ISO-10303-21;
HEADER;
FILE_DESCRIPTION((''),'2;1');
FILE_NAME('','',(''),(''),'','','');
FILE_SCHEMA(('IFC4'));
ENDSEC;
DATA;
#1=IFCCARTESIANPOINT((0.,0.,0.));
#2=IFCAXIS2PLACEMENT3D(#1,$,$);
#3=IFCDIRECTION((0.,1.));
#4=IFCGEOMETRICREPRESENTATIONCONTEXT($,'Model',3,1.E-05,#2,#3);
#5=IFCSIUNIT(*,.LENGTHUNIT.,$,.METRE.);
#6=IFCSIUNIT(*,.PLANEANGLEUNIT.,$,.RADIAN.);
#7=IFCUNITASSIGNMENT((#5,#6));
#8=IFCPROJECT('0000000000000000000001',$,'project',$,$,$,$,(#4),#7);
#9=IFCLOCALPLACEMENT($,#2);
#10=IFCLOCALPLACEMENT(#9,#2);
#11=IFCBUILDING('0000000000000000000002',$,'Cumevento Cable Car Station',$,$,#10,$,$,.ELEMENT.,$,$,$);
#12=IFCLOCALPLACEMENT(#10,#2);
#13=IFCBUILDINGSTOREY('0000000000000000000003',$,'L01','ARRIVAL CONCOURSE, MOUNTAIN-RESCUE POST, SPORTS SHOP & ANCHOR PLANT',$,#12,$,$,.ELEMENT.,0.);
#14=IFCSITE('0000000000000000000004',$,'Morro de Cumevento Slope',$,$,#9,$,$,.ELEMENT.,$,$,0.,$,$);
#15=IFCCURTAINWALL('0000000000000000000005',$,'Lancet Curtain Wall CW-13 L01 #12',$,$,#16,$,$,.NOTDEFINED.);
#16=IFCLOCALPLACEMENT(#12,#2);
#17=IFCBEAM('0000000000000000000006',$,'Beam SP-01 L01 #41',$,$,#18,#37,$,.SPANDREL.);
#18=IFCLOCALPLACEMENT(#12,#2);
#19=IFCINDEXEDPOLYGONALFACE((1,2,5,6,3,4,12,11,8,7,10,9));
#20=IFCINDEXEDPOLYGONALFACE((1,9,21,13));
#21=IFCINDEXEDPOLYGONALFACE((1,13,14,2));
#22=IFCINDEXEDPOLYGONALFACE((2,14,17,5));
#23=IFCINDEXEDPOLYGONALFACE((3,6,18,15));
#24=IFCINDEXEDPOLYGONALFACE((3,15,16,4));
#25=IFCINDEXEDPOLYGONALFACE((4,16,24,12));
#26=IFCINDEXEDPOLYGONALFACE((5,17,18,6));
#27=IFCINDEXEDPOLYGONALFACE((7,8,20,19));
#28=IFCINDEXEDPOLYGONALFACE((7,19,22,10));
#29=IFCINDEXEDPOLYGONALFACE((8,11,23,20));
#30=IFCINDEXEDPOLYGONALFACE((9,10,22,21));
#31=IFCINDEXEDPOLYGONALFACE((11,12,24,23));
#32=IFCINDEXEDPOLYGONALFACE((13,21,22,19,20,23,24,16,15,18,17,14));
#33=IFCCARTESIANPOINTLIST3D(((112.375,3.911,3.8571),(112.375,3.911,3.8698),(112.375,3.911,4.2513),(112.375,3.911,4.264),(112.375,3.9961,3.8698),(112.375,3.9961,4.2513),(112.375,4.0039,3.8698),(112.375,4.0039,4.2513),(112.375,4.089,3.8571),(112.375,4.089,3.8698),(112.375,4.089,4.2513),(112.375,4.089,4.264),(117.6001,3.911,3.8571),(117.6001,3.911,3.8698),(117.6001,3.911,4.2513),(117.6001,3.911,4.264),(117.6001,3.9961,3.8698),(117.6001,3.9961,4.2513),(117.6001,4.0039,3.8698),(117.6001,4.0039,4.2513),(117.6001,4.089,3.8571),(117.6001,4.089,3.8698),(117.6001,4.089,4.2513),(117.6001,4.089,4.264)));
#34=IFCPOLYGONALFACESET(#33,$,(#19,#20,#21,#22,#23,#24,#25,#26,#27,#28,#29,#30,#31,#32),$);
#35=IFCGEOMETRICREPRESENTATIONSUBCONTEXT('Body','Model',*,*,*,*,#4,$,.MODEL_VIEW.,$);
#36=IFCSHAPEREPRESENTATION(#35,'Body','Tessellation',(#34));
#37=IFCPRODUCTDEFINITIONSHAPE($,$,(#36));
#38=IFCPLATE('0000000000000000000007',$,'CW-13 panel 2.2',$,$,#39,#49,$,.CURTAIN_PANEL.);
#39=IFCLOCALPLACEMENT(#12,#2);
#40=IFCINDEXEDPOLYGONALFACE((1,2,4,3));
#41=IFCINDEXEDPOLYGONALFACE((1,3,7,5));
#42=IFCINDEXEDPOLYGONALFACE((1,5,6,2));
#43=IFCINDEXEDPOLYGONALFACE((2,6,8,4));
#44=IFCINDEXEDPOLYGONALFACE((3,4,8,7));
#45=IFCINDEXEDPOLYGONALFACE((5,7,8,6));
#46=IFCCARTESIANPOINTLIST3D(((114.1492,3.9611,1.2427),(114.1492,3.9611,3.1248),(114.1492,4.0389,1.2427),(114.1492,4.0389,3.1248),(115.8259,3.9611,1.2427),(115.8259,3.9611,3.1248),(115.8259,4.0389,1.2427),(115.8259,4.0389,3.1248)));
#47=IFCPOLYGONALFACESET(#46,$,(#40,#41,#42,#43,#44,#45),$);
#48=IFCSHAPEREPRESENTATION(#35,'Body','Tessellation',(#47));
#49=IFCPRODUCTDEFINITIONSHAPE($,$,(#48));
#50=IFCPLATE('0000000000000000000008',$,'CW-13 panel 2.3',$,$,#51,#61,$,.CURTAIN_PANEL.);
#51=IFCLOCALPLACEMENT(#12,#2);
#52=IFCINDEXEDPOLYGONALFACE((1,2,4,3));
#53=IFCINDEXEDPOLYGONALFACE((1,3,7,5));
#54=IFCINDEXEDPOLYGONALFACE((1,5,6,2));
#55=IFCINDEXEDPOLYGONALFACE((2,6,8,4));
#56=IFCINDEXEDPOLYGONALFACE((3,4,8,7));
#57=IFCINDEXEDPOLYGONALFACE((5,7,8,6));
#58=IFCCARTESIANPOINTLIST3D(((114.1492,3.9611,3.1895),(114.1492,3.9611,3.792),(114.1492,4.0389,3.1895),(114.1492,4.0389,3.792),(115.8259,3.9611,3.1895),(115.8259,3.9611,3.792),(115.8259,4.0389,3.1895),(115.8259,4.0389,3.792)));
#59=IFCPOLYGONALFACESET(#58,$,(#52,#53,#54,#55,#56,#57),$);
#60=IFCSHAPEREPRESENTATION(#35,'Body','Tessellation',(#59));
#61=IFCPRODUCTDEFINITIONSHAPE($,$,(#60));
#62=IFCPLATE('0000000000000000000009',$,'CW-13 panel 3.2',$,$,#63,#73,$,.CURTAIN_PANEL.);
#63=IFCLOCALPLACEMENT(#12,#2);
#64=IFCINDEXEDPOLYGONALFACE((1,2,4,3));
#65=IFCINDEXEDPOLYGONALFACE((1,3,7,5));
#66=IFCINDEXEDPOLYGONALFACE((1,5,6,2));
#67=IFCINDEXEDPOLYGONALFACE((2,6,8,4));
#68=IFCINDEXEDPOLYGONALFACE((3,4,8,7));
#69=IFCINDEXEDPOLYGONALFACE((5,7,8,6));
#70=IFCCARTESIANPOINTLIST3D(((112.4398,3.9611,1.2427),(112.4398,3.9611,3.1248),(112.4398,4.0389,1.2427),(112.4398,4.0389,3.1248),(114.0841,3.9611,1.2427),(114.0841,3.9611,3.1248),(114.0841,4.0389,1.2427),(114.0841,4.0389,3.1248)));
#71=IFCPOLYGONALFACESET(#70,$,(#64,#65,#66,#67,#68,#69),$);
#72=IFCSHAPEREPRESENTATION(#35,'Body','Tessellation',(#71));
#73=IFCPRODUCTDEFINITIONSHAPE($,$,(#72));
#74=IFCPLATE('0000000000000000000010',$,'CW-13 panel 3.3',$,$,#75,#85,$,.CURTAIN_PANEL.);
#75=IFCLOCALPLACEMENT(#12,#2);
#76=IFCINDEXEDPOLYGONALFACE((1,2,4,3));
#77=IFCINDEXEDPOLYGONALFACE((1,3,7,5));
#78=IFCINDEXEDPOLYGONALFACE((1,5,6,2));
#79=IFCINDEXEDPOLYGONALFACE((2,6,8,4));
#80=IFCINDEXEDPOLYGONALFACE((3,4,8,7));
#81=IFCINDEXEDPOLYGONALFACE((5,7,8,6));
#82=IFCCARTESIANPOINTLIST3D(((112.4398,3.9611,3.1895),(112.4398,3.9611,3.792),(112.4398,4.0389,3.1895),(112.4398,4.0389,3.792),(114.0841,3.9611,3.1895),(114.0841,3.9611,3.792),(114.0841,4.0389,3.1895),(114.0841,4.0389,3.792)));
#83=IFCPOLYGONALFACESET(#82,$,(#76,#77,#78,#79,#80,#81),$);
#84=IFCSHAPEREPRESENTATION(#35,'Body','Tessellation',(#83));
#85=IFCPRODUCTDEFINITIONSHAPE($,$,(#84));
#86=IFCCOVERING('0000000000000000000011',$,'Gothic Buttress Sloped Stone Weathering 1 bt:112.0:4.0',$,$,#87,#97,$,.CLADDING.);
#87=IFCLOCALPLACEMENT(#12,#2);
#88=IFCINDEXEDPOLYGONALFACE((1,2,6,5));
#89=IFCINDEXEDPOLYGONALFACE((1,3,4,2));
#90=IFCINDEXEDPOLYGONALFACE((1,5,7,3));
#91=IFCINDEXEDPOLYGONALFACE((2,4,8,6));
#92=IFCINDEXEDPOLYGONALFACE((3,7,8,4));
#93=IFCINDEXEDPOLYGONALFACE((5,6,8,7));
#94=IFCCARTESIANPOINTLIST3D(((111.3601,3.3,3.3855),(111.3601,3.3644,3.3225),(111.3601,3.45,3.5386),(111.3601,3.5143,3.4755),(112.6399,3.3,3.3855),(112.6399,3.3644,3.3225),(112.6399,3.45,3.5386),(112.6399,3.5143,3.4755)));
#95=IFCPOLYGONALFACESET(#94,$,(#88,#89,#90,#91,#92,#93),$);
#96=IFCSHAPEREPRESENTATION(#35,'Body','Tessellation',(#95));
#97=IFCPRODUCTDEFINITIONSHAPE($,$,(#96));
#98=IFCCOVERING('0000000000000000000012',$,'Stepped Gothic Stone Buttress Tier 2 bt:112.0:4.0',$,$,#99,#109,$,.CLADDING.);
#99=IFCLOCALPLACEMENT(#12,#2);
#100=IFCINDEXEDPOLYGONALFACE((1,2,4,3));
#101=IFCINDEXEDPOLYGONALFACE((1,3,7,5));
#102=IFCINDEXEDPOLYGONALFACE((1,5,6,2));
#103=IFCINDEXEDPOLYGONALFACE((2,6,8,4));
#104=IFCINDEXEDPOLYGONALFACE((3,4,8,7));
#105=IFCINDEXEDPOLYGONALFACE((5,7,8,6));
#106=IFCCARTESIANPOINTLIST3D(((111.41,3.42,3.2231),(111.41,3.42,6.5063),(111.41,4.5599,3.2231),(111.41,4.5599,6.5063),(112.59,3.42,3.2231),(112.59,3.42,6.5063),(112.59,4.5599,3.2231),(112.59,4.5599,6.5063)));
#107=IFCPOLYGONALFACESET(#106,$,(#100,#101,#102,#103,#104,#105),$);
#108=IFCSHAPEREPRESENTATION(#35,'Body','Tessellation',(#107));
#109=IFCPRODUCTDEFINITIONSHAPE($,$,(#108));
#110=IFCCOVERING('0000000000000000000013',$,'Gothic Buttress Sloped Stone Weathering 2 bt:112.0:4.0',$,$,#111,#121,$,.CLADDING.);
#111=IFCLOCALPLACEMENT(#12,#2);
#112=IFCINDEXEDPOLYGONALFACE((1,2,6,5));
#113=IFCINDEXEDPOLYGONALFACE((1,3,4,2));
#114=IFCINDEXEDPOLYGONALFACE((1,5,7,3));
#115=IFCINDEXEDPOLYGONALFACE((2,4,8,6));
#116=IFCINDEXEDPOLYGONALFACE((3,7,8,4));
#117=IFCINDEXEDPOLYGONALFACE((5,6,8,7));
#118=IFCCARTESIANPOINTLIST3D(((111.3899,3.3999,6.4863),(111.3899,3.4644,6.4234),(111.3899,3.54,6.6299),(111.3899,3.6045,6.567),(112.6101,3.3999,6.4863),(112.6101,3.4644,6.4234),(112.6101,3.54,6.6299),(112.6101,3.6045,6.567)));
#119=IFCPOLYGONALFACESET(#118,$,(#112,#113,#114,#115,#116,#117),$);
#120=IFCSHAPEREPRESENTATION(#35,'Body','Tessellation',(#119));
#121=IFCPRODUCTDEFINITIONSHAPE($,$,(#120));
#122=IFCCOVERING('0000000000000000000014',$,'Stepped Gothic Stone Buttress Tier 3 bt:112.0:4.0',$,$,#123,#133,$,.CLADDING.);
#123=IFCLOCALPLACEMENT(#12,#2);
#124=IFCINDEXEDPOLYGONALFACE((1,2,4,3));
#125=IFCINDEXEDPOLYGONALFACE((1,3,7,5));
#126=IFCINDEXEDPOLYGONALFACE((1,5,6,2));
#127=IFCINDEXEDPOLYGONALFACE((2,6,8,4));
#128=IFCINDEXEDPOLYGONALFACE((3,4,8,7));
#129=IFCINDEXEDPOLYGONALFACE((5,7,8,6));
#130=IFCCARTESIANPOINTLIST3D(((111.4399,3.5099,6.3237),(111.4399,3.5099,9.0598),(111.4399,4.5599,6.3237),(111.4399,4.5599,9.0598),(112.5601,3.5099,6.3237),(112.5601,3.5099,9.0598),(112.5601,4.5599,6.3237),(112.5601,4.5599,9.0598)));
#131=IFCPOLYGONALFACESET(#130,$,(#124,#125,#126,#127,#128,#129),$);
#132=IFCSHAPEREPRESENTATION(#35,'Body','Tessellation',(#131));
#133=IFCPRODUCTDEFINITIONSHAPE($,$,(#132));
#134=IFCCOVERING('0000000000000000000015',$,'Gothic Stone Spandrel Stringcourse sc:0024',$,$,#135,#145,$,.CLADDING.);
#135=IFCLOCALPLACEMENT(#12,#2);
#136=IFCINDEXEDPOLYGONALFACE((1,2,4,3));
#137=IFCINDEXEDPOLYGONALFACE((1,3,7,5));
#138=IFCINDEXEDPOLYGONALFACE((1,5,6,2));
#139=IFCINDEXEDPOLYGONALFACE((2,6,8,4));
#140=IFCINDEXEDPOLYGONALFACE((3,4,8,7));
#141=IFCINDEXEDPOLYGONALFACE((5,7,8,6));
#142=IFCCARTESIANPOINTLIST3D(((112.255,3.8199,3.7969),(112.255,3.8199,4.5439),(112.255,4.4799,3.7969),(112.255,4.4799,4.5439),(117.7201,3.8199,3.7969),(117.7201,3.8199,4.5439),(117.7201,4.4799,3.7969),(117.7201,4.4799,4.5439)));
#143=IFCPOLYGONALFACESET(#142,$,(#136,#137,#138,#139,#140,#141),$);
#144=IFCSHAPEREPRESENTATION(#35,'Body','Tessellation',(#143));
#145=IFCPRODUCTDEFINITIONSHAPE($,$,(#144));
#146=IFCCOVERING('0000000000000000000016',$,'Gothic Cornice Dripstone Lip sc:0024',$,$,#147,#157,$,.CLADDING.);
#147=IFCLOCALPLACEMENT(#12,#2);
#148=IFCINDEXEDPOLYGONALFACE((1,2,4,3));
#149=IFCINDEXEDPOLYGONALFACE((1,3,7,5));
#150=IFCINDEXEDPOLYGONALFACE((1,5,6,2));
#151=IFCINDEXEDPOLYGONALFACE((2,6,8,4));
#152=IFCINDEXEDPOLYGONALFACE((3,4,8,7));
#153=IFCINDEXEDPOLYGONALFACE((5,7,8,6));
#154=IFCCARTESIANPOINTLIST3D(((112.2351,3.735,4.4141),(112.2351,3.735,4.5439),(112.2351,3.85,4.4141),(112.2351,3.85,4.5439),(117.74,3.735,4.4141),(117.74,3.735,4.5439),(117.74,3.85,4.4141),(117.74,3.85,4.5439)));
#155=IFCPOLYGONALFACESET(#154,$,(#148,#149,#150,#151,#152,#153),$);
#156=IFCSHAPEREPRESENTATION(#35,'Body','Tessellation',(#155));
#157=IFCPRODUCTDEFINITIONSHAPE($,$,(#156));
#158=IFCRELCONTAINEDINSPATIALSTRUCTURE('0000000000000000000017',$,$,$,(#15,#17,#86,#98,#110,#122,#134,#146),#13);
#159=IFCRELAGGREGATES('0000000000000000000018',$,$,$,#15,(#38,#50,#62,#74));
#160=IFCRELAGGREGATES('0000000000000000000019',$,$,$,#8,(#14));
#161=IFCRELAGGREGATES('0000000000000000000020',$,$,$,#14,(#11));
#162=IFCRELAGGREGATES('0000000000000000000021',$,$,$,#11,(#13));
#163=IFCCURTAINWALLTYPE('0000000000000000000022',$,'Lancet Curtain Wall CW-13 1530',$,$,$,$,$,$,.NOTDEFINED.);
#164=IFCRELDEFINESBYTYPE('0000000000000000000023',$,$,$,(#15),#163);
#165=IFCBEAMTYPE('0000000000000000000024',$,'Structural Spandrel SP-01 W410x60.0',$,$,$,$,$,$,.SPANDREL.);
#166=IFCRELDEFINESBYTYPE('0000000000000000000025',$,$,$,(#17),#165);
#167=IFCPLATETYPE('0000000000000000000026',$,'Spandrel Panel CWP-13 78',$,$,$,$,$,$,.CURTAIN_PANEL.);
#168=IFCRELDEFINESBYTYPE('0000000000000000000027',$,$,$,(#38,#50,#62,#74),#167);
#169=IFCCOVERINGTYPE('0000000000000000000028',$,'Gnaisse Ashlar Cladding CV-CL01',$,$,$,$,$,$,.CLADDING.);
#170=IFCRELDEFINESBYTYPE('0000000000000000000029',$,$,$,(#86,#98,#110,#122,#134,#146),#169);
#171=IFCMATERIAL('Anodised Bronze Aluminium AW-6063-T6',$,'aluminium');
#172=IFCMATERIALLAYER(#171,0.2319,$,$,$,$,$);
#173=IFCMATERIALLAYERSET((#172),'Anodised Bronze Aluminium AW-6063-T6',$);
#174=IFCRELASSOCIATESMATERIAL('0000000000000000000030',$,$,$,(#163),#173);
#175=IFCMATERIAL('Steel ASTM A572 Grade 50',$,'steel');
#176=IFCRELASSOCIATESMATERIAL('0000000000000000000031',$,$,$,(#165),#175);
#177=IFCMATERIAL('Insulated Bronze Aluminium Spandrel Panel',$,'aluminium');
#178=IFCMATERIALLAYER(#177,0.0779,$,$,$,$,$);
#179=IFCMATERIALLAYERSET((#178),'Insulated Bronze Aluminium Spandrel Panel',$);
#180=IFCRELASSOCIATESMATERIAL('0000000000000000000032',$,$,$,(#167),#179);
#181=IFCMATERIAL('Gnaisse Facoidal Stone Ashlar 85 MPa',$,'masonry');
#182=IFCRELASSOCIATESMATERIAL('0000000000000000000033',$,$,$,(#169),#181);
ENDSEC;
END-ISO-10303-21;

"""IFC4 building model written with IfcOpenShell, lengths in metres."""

from ifc_helpers import new_model, si_unit, direction, frame, origin, origin_2d, place, context, subcontext, project, spatial, polyline, rectangle, i_section, outline, extrude, material, layer, layer_set, material_profile, profile_set, type_object, element, aggregate, save


model = new_model("IFC4")

# Units and contexts
model_context = context("Model", 3, precision=1e-05, world=origin(), true_north=direction((0.0, 1.0)))
body_context = subcontext(model_context, "Body", "Model", "MODEL_VIEW")
ifc_project = project(units=[si_unit("LENGTHUNIT", "METRE"), si_unit("PLANEANGLEUNIT", "RADIAN")], contexts=[model_context])

# Site, building, storey
site_placement = place(None, origin())
site = spatial("IfcSite", under=ifc_project, at=site_placement, Name="Morro de Cumevento Slope", CompositionType="ELEMENT", RefElevation=0.0)
building_placement = place(site_placement, origin())
building = spatial("IfcBuilding", under=site, at=building_placement, Name="Cumevento Cable Car Station", CompositionType="ELEMENT")
storey_placement = place(building_placement, origin())
storey = spatial("IfcBuildingStorey", under=building, at=storey_placement, Name="L01", Description="ARRIVAL CONCOURSE, MOUNTAIN-RESCUE POST, SPORTS SHOP & ANCHOR PLANT", CompositionType="ELEMENT", Elevation=0.0)

# Curtain wall
ifc_material_1 = material(Name="Anodised Bronze Aluminium AW-6063-T6", Category="aluminium")
ifc_layer_1 = layer(ifc_material_1, 0.2319)
ifc_layer_set_1 = layer_set([ifc_layer_1], Name="Anodised Bronze Aluminium AW-6063-T6")
curtain_wall_type = type_object("IfcCurtainWallType", Name="Lancet Curtain Wall CW-13 1530", PredefinedType="NOTDEFINED", material=ifc_layer_set_1)
curtain_wall_placement = place(storey_placement, origin())
curtain_wall = element("IfcCurtainWall", 1, at=curtain_wall_placement, inside=storey, type_object=curtain_wall_type, Name="Lancet Curtain Wall CW-13 L01 #12", PredefinedType="NOTDEFINED")

# Beam
ifc_material_2 = material(Name="Steel ASTM A572 Grade 50", Category="steel")
ifc_material_profile_1 = material_profile(ifc_material_2, i_section(OverallWidth=0.178, OverallDepth=0.407, WebThickness=0.0078, FlangeThickness=0.0127, at=origin_2d()), Name="W410x60.0")
ifc_profile_set_1 = profile_set([ifc_material_profile_1], Name="Steel ASTM A572 Grade 50")
beam_type_1 = type_object("IfcBeamType", Name="Structural Spandrel SP-01 W410x60.0", PredefinedType="SPANDREL", material=ifc_profile_set_1)
beam_1_placement = place(storey_placement, frame((112.375, 4.0, 4.0605), z_axis=(1.0, 0.0, 0.0), x_axis=(0.0, 1.0, 0.0)))
element("IfcBeam", 2, at=beam_1_placement, inside=storey, type_object=beam_type_1, Name="Beam SP-01 L01 #41", PredefinedType="SPANDREL", context=body_context, shape_type="SweptSolid", body=[
    extrude(i_section(OverallWidth=0.178, OverallDepth=0.407, WebThickness=0.0078, FlangeThickness=0.0127, at=origin_2d()), origin(), (0.0, 0.0, 1.0), 5.2251),
])

# Plates
ifc_material_3 = material(Name="Insulated Bronze Aluminium Spandrel Panel", Category="aluminium")
ifc_layer_2 = layer(ifc_material_3, 0.0779)
ifc_layer_set_2 = layer_set([ifc_layer_2], Name="Insulated Bronze Aluminium Spandrel Panel")
plate_type = type_object("IfcPlateType", Name="Spandrel Panel CWP-13 78", PredefinedType="CURTAIN_PANEL", material=ifc_layer_set_2)
plate_1_placement = place(storey_placement, frame((114.9875, 4.0, 1.2427), z_axis=(0.0, 0.0, 1.0), x_axis=(-1.0, 0.0, 0.0)))
plate_1 = element("IfcPlate", 3, at=plate_1_placement, type_object=plate_type, Name="CW-13 panel 2.2", PredefinedType="CURTAIN_PANEL", context=body_context, shape_type="SweptSolid", body=[
    extrude(rectangle(XDim=1.6768, YDim=0.0779, at=origin_2d()), origin(), (0.0, 0.0, 1.0), 1.8821),
])
plate_2_placement = place(storey_placement, frame((114.9875, 4.0, 3.1895), z_axis=(0.0, 0.0, 1.0), x_axis=(-1.0, 0.0, 0.0)))
plate_2 = element("IfcPlate", 4, at=plate_2_placement, type_object=plate_type, Name="CW-13 panel 2.3", PredefinedType="CURTAIN_PANEL", context=body_context, shape_type="SweptSolid", body=[
    extrude(rectangle(XDim=1.6768, YDim=0.0779, at=origin_2d()), origin(), (0.0, 0.0, 1.0), 0.6025),
])
plate_3_placement = place(storey_placement, frame((113.262, 4.0, 1.2427), z_axis=(0.0, 0.0, 1.0), x_axis=(-1.0, 0.0, 0.0)))
plate_3 = element("IfcPlate", 5, at=plate_3_placement, type_object=plate_type, Name="CW-13 panel 3.2", PredefinedType="CURTAIN_PANEL", context=body_context, shape_type="SweptSolid", body=[
    extrude(rectangle(XDim=1.6443, YDim=0.0779, at=origin_2d()), origin(), (0.0, 0.0, 1.0), 1.8821),
])
plate_4_placement = place(storey_placement, frame((113.262, 4.0, 3.1895), z_axis=(0.0, 0.0, 1.0), x_axis=(-1.0, 0.0, 0.0)))
plate_4 = element("IfcPlate", 6, at=plate_4_placement, type_object=plate_type, Name="CW-13 panel 3.3", PredefinedType="CURTAIN_PANEL", context=body_context, shape_type="SweptSolid", body=[
    extrude(rectangle(XDim=1.6443, YDim=0.0779, at=origin_2d()), origin(), (0.0, 0.0, 1.0), 0.6025),
])
aggregate(curtain_wall, [plate_1, plate_2, plate_3, plate_4])

# Coverings
ifc_material_4 = material(Name="Gnaisse Facoidal Stone Ashlar 85 MPa", Category="masonry")
covering_type = type_object("IfcCoveringType", Name="Gnaisse Ashlar Cladding CV-CL01", PredefinedType="CLADDING", material=ifc_material_4)
covering_1_placement = place(storey_placement, frame((111.3601, 3.3, 3.3855), z_axis=(0.0, -0.714475, 0.699661), x_axis=(1.0, 0.0, 0.0)))
element("IfcCovering", 7, at=covering_1_placement, inside=storey, type_object=covering_type, Name="Gothic Buttress Sloped Stone Weathering 1 bt:112.0:4.0", PredefinedType="CLADDING", context=body_context, shape_type="SweptSolid", body=[
    extrude(outline(polyline([(0.0, 0.0), (1.2798, 0.0), (1.2798, 0.2142), (0.0, 0.2142), (0.0, 0.0)])), origin(), (0.0, 0.0, -1.0), 0.0901),
])
covering_2_placement = place(storey_placement, frame((112.0, 3.99, 3.2231), z_axis=(0.0, 0.0, 1.0), x_axis=(1.0, 0.0, 0.0)))
element("IfcCovering", 8, at=covering_2_placement, inside=storey, type_object=covering_type, Name="Stepped Gothic Stone Buttress Tier 2 bt:112.0:4.0", PredefinedType="CLADDING", context=body_context, shape_type="SweptSolid", body=[
    extrude(rectangle(XDim=1.1799, YDim=1.1399, at=origin_2d()), origin(), (0.0, 0.0, 1.0), 3.2832),
])
covering_3_placement = place(storey_placement, frame((111.3899, 3.3999, 6.4863), z_axis=(0.0, -0.715574, 0.698537), x_axis=(1.0, 0.0, 0.0)))
element("IfcCovering", 9, at=covering_3_placement, inside=storey, type_object=covering_type, Name="Gothic Buttress Sloped Stone Weathering 2 bt:112.0:4.0", PredefinedType="CLADDING", context=body_context, shape_type="SweptSolid", body=[
    extrude(outline(polyline([(0.0, 0.0), (1.2202, 0.0), (1.2202, 0.2006), (0.0, 0.2006), (0.0, 0.0)])), origin(), (0.0, 0.0, -1.0), 0.0901),
])
covering_4_placement = place(storey_placement, frame((112.0, 4.0349, 6.3237), z_axis=(0.0, 0.0, 1.0), x_axis=(1.0, 0.0, 0.0)))
element("IfcCovering", 10, at=covering_4_placement, inside=storey, type_object=covering_type, Name="Stepped Gothic Stone Buttress Tier 3 bt:112.0:4.0", PredefinedType="CLADDING", context=body_context, shape_type="SweptSolid", body=[
    extrude(rectangle(XDim=1.1201, YDim=1.05, at=origin_2d()), origin(), (0.0, 0.0, 1.0), 2.7361),
])
covering_5_placement = place(storey_placement, frame((114.9875, 4.1499, 3.7969), z_axis=(0.0, 0.0, 1.0), x_axis=(-1.0, 0.0, 0.0)))
element("IfcCovering", 11, at=covering_5_placement, inside=storey, type_object=covering_type, Name="Gothic Stone Spandrel Stringcourse sc:0024", PredefinedType="CLADDING", context=body_context, shape_type="SweptSolid", body=[
    extrude(rectangle(XDim=5.4651, YDim=0.6599, at=origin_2d()), origin(), (0.0, 0.0, 1.0), 0.7471),
])
covering_6_placement = place(storey_placement, frame((114.9875, 3.7925, 4.4141), z_axis=(0.0, 0.0, 1.0), x_axis=(-1.0, 0.0, 0.0)))
element("IfcCovering", 12, at=covering_6_placement, inside=storey, type_object=covering_type, Name="Gothic Cornice Dripstone Lip sc:0024", PredefinedType="CLADDING", context=body_context, shape_type="SweptSolid", body=[
    extrude(rectangle(XDim=5.5049, YDim=0.115, at=origin_2d()), origin(), (0.0, 0.0, 1.0), 0.1299),
])

save(model, "model.ifc")
